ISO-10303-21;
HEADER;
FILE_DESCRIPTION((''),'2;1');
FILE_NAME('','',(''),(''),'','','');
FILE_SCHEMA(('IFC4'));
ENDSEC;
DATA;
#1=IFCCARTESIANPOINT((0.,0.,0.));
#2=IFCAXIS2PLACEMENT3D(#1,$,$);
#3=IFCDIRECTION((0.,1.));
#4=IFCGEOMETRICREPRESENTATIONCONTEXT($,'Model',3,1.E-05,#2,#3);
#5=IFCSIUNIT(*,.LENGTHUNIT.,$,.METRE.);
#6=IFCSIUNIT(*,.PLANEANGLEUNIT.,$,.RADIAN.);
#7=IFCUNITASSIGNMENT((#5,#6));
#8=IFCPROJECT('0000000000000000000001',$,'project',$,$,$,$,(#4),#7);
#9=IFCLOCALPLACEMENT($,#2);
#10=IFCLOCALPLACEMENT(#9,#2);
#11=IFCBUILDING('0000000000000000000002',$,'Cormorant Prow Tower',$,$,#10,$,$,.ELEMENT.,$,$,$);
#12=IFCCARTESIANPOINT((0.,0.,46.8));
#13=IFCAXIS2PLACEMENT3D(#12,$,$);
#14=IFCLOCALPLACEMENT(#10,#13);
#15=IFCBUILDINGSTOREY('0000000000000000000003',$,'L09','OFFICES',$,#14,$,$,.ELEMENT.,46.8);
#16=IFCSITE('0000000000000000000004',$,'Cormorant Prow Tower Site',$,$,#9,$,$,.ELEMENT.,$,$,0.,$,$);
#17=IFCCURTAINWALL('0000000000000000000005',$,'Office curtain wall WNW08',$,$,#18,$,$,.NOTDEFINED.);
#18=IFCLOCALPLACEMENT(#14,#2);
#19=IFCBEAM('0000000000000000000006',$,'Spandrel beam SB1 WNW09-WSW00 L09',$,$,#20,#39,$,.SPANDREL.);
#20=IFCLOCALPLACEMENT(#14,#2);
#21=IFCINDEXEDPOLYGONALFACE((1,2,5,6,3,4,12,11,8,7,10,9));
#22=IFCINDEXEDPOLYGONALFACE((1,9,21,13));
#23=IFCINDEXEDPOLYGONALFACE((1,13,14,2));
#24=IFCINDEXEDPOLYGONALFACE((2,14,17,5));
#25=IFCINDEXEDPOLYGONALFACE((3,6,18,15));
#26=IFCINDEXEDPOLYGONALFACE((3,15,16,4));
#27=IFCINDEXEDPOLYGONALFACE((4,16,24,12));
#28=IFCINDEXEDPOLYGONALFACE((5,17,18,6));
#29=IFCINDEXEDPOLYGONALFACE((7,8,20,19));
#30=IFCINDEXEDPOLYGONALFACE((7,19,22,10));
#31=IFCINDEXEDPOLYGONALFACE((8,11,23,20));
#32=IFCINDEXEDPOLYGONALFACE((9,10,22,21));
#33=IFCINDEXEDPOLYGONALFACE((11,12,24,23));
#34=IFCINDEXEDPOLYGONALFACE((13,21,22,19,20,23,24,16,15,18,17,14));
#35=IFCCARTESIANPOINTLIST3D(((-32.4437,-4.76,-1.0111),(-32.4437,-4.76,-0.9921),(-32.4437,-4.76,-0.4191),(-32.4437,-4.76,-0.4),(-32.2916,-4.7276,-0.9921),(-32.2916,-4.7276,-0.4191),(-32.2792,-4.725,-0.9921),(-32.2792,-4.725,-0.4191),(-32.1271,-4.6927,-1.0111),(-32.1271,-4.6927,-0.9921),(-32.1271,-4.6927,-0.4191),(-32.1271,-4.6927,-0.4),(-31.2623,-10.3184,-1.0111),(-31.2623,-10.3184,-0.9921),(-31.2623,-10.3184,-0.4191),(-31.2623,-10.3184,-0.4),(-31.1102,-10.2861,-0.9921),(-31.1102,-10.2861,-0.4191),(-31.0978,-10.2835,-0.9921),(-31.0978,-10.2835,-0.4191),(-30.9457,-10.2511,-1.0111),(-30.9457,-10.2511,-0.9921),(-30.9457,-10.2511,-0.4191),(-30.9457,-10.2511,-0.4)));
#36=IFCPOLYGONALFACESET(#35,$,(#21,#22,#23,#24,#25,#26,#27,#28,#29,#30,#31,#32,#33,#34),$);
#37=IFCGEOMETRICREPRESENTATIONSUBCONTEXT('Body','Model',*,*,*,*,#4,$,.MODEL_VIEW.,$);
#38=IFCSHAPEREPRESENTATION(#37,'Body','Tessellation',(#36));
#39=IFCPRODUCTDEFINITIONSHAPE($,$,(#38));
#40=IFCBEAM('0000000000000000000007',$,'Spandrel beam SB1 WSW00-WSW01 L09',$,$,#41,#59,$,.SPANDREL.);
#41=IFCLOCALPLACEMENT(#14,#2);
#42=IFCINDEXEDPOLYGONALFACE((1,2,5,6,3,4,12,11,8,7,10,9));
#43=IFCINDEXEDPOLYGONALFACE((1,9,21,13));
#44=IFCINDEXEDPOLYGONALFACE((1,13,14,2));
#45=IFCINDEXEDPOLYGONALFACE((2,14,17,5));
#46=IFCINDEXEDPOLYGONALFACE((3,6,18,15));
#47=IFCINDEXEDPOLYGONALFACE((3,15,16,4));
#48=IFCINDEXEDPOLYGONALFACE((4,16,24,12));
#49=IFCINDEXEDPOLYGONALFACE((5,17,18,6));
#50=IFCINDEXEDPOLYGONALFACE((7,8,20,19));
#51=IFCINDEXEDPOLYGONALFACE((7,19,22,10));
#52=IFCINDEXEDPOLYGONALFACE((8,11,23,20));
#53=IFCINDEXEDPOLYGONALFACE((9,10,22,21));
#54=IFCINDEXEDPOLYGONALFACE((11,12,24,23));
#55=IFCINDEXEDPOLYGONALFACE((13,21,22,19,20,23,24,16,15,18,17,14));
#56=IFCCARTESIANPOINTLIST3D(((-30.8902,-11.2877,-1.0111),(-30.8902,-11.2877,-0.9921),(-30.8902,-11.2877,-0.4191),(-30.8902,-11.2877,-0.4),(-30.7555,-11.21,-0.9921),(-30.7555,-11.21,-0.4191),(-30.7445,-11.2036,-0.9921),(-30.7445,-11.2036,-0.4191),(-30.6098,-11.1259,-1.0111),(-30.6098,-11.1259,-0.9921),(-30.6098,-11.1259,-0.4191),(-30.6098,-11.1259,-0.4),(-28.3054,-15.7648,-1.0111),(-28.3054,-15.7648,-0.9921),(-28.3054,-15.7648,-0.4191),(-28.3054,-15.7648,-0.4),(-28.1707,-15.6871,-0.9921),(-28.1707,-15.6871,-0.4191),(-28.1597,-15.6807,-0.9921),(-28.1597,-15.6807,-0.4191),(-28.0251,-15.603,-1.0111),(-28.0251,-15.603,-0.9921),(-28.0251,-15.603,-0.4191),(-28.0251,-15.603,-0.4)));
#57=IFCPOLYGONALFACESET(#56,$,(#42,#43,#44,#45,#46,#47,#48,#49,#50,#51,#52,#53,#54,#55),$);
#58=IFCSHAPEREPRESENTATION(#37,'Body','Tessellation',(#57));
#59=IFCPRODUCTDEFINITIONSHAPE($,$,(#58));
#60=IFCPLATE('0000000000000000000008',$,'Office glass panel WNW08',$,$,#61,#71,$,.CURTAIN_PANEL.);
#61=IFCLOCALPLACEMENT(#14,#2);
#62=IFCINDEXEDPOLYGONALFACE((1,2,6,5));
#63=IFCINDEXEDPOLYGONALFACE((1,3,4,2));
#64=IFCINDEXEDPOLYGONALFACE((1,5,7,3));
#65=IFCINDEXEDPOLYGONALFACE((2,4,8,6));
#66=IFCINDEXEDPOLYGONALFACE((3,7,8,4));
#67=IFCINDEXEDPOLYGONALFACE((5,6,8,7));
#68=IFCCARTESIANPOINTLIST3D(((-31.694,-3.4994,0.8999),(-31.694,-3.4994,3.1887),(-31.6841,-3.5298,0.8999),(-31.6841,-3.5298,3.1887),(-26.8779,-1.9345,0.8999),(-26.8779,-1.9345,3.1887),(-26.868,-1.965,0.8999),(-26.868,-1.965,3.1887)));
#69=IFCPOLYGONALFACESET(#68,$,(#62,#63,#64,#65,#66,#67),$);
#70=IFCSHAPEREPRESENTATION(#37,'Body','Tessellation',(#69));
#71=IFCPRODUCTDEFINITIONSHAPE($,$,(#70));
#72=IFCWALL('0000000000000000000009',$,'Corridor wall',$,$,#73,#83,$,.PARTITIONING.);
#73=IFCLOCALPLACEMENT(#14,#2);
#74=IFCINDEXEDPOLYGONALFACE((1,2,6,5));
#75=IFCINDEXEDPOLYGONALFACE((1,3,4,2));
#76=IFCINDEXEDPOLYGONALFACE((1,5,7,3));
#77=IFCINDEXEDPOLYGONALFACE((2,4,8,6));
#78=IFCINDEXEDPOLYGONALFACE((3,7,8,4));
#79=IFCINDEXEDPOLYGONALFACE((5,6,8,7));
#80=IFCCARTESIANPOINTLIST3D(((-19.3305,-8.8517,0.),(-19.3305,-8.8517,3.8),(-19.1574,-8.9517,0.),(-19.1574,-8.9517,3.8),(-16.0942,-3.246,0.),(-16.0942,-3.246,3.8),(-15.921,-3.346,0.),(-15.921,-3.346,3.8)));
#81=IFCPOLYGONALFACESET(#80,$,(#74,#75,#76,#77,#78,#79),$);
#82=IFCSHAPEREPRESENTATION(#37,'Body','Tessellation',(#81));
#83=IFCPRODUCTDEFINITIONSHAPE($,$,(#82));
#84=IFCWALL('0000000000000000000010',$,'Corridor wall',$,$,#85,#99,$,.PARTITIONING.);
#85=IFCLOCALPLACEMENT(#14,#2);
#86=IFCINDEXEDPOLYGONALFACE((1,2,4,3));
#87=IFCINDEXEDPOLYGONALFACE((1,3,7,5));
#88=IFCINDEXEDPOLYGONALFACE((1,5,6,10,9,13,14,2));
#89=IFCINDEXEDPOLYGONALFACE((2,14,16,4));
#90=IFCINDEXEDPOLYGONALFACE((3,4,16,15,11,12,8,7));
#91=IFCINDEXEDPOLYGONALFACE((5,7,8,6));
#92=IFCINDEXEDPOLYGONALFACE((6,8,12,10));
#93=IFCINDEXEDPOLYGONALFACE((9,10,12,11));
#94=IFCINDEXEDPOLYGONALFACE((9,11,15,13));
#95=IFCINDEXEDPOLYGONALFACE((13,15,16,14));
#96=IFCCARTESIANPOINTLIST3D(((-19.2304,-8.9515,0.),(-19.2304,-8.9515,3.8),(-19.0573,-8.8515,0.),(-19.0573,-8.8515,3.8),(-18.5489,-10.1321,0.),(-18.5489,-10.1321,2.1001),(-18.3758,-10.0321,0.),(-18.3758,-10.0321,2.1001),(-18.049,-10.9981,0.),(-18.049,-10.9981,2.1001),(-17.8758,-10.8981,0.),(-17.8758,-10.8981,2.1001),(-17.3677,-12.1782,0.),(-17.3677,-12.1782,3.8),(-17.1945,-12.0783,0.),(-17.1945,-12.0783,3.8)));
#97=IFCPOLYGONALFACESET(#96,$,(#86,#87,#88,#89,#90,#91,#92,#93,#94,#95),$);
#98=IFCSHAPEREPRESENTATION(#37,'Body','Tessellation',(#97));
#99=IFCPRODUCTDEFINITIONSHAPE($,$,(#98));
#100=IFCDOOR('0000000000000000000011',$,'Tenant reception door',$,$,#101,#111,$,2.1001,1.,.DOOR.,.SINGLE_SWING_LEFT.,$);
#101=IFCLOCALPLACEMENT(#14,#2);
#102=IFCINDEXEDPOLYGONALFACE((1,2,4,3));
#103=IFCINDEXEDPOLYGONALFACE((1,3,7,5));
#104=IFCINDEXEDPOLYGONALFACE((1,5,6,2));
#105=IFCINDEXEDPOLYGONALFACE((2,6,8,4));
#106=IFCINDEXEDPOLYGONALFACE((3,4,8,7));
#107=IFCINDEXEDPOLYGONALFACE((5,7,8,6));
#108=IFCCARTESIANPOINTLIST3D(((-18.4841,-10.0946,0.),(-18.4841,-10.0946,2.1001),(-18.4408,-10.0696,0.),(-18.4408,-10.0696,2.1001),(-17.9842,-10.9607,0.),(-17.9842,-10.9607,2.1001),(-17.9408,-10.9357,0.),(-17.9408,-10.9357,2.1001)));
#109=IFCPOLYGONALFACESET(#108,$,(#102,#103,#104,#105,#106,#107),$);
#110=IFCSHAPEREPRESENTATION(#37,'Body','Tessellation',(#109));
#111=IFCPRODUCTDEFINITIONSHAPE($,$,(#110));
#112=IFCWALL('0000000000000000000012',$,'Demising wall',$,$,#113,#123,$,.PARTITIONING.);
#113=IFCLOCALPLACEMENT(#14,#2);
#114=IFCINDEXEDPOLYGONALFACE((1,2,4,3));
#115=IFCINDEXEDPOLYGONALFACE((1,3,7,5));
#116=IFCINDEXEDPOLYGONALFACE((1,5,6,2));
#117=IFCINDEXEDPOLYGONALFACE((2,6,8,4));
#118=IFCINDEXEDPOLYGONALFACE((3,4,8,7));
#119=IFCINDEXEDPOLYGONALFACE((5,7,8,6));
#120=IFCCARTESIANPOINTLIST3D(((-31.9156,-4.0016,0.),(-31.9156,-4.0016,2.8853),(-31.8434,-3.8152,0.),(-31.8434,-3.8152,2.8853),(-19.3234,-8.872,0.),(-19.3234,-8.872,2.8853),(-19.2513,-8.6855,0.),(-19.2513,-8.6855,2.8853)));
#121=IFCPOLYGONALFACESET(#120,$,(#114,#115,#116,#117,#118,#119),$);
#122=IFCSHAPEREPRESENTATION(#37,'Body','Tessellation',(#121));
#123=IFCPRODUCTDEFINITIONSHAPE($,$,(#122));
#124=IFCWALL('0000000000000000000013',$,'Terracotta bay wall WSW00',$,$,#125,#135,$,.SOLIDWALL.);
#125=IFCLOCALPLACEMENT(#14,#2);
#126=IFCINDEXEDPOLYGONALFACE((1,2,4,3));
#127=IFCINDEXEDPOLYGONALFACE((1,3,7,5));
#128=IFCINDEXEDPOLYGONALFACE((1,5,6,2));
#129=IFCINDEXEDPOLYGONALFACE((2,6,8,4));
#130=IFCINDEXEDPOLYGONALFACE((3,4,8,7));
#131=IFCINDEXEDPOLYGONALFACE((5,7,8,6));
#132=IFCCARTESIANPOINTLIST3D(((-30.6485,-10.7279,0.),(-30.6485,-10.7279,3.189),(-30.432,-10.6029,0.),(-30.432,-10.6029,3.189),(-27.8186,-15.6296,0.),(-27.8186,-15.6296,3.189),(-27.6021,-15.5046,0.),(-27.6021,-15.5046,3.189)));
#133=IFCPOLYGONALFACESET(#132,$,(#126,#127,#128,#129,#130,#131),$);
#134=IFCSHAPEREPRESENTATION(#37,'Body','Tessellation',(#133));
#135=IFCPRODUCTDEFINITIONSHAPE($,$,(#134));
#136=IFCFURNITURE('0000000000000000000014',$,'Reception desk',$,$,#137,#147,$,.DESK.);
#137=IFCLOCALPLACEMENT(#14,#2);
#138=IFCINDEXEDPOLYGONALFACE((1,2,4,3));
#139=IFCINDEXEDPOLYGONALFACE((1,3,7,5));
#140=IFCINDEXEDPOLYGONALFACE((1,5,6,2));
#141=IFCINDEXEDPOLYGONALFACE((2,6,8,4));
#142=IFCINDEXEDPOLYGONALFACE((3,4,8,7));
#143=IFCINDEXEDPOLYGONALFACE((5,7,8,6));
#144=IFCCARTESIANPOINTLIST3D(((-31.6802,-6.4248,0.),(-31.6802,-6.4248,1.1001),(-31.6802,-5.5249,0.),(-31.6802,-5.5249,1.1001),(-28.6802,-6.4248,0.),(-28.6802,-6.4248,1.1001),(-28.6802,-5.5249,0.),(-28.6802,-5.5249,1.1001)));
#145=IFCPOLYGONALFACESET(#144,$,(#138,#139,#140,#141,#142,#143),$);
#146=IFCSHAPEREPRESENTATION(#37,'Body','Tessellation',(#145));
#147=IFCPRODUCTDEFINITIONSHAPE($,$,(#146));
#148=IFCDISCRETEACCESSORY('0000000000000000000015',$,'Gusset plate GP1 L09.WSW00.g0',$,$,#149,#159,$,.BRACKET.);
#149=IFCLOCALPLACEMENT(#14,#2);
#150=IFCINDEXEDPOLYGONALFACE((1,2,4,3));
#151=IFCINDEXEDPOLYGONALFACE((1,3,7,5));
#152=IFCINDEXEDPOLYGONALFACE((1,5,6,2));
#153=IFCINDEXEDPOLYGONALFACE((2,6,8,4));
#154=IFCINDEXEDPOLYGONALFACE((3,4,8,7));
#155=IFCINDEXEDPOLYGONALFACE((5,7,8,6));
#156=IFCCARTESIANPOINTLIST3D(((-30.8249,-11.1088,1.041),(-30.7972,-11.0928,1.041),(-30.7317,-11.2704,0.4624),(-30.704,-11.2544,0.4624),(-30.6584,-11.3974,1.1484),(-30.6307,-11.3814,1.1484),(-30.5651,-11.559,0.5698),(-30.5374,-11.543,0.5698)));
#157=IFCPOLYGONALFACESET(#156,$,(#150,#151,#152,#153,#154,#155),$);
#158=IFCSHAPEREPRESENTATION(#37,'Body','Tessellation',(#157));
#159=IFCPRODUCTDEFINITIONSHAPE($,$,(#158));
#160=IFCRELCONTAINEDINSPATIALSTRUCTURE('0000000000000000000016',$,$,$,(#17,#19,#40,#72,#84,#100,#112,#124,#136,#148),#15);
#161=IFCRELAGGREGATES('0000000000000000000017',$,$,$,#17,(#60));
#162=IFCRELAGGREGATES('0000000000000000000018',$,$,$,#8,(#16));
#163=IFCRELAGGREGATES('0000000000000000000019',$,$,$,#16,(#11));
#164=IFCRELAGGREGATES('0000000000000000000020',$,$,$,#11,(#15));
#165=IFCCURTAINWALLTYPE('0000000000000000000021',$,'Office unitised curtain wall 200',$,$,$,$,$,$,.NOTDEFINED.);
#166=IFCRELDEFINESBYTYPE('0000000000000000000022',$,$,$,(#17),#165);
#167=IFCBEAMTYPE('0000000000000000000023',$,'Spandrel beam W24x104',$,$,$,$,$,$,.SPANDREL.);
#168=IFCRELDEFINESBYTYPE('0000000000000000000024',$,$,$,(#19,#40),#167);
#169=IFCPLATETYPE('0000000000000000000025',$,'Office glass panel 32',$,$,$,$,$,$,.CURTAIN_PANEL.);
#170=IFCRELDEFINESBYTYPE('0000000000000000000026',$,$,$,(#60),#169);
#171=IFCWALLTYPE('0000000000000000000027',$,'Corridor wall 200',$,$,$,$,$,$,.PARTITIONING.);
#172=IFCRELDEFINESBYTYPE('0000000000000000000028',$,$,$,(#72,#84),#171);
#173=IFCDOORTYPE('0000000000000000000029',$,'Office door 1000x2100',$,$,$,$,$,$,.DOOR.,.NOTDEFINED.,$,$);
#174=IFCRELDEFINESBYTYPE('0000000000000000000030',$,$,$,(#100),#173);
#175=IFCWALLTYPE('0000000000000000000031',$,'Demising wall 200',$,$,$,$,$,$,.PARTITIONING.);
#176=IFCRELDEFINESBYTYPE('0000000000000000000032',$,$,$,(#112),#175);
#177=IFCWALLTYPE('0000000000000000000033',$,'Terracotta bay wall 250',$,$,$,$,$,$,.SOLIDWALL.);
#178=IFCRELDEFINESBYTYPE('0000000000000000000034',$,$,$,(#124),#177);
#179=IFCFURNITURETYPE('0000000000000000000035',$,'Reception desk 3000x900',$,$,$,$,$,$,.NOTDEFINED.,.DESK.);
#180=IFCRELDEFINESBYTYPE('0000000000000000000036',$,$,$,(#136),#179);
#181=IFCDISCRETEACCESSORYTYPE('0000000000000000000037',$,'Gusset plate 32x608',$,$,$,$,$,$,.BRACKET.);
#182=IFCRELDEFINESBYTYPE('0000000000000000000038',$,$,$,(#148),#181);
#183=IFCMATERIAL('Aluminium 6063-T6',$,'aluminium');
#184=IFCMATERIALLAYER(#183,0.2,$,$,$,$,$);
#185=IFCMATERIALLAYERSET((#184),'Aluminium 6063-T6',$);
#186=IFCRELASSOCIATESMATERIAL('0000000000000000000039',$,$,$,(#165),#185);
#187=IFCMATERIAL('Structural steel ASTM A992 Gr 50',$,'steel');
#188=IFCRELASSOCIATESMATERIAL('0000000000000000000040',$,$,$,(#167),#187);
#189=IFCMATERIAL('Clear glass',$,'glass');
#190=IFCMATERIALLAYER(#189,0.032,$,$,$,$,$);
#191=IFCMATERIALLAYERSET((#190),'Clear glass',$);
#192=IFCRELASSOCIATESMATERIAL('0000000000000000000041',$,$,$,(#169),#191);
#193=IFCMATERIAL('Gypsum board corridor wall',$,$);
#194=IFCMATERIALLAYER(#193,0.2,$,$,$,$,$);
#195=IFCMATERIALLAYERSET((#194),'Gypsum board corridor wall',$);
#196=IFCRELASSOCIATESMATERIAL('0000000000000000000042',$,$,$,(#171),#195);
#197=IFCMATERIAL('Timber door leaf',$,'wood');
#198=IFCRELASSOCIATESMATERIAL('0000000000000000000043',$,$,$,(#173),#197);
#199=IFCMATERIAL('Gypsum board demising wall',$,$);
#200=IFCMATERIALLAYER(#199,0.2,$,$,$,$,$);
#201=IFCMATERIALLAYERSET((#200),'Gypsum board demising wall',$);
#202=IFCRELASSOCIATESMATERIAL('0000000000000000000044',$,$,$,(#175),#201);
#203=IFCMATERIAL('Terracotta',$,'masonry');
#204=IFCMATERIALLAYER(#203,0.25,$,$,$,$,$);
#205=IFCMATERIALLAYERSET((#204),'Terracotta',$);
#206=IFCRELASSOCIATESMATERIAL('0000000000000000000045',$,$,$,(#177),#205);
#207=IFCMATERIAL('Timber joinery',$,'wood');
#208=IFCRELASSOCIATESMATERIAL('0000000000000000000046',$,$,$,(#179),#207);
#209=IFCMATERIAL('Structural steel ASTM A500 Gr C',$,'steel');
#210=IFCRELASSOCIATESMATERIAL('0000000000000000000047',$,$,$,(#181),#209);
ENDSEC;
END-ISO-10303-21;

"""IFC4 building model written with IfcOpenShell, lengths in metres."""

from ifc_helpers import new_model, si_unit, direction, frame, frame_2d, origin, origin_2d, place, context, subcontext, project, spatial, rectangle, i_section, extrude, material, layer, layer_set, material_profile, profile_set, type_object, element, fill, aggregate, save


model = new_model("IFC4")

# Units and contexts
model_context = context("Model", 3, precision=1e-05, world=origin(), true_north=direction((0.0, 1.0)))
body_context = subcontext(model_context, "Body", "Model", "MODEL_VIEW")
ifc_project = project(units=[si_unit("LENGTHUNIT", "METRE"), si_unit("PLANEANGLEUNIT", "RADIAN")], contexts=[model_context])

# Site, building, storey
site_placement = place(None, origin())
site = spatial("IfcSite", under=ifc_project, at=site_placement, Name="Cormorant Prow Tower Site", CompositionType="ELEMENT", RefElevation=0.0)
building_placement = place(site_placement, origin())
building = spatial("IfcBuilding", under=site, at=building_placement, Name="Cormorant Prow Tower", CompositionType="ELEMENT")
storey_placement = place(building_placement, frame((0.0, 0.0, 46.8)))
storey = spatial("IfcBuildingStorey", under=building, at=storey_placement, Name="L09", Description="OFFICES", CompositionType="ELEMENT", Elevation=46.8)

# Curtain wall
ifc_material_1 = material(Name="Aluminium 6063-T6", Category="aluminium")
ifc_layer_1 = layer(ifc_material_1, 0.2)
ifc_layer_set_1 = layer_set([ifc_layer_1], Name="Aluminium 6063-T6")
curtain_wall_type = type_object("IfcCurtainWallType", Name="Office unitised curtain wall 200", PredefinedType="NOTDEFINED", material=ifc_layer_set_1)
curtain_wall_placement = place(storey_placement, origin())
curtain_wall = element("IfcCurtainWall", 1, at=curtain_wall_placement, inside=storey, type_object=curtain_wall_type, Name="Office curtain wall WNW08", PredefinedType="NOTDEFINED")

# Beams
ifc_material_2 = material(Name="Structural steel ASTM A992 Gr 50", Category="steel")
ifc_material_profile_1 = material_profile(ifc_material_2, i_section(OverallWidth=0.3237, OverallDepth=0.6111, WebThickness=0.0127, FlangeThickness=0.019, at=origin_2d()), Name="W24x104")
ifc_profile_set_1 = profile_set([ifc_material_profile_1], Name="Structural steel ASTM A992 Gr 50")
beam_type_1 = type_object("IfcBeamType", Name="Spandrel beam W24x104", PredefinedType="SPANDREL", material=ifc_profile_set_1)
beam_1_placement = place(storey_placement, frame((-32.2854, -4.7263, -0.7056), z_axis=(0.2079, -0.97815, 0.0), x_axis=(0.97815, 0.2079, 0.0)))
element("IfcBeam", 2, at=beam_1_placement, inside=storey, type_object=beam_type_1, Name="Spandrel beam SB1 WNW09-WSW00 L09", PredefinedType="SPANDREL", context=body_context, shape_type="SweptSolid", body=[
    extrude(i_section(OverallWidth=0.3237, OverallDepth=0.6111, WebThickness=0.0127, FlangeThickness=0.019, at=origin_2d()), origin(), (0.0, 0.0, 1.0), 5.6826),
])
beam_2_placement = place(storey_placement, frame((-30.75, -11.2068, -0.7056), z_axis=(0.499984, -0.866035, 0.0), x_axis=(0.866035, 0.499984, 0.0)))
element("IfcBeam", 3, at=beam_2_placement, inside=storey, type_object=beam_type_1, Name="Spandrel beam SB1 WSW00-WSW01 L09", PredefinedType="SPANDREL", context=body_context, shape_type="SweptSolid", body=[
    extrude(i_section(OverallWidth=0.3237, OverallDepth=0.6111, WebThickness=0.0127, FlangeThickness=0.019, at=origin_2d()), origin(), (0.0, 0.0, 1.0), 5.1697),
])

# Plate
ifc_material_3 = material(Name="Clear glass", Category="glass")
ifc_layer_2 = layer(ifc_material_3, 0.032)
ifc_layer_set_2 = layer_set([ifc_layer_2], Name="Clear glass")
plate_type = type_object("IfcPlateType", Name="Office glass panel 32", PredefinedType="CURTAIN_PANEL", material=ifc_layer_set_2)
plate_placement = place(storey_placement, frame((-29.281, -2.7322, 0.8999), z_axis=(0.0, 0.0, 1.0), x_axis=(-0.951057, -0.309017, 0.0)))
plate = element("IfcPlate", 4, at=plate_placement, type_object=plate_type, Name="Office glass panel WNW08", PredefinedType="CURTAIN_PANEL", context=body_context, shape_type="SweptSolid", body=[
    extrude(rectangle(XDim=5.064, YDim=0.032, at=origin_2d()), origin(), (0.0, 0.0, 1.0), 2.2888),
])
aggregate(curtain_wall, [plate])

# Wall
ifc_material_4 = material(Name="Gypsum board corridor wall")
ifc_layer_3 = layer(ifc_material_4, 0.2)
ifc_layer_set_3 = layer_set([ifc_layer_3], Name="Gypsum board corridor wall")
wall_type_1 = type_object("IfcWallType", Name="Corridor wall 200", PredefinedType="PARTITIONING", material=ifc_layer_set_3)
wall_1_placement = place(storey_placement, frame((-19.2439, -8.9016, 0.0), z_axis=(0.0, 0.0, 1.0), x_axis=(0.499985, 0.866034, 0.0)))
element("IfcWall", 5, at=wall_1_placement, inside=storey, type_object=wall_type_1, Name="Corridor wall", PredefinedType="PARTITIONING", context=body_context, shape_type="SweptSolid", body=[
    extrude(rectangle(XDim=6.4729, YDim=0.2, at=frame_2d((3.2363, 0.0))), origin(), (0.0, 0.0, 1.0), 3.8),
])

# Wall, opening, door
wall_2_placement = place(storey_placement, frame((-19.1438, -8.9016, 0.0), z_axis=(0.0, 0.0, 1.0), x_axis=(0.499959, -0.866049, 0.0)))
wall_2 = element("IfcWall", 6, at=wall_2_placement, inside=storey, type_object=wall_type_1, Name="Corridor wall", PredefinedType="PARTITIONING", context=body_context, shape_type="SweptSolid", body=[
    extrude(rectangle(XDim=3.7258, YDim=0.2, at=frame_2d((1.8628, 0.0))), origin(), (0.0, 0.0, 1.0), 3.8),
])
opening_1_placement = place(wall_2_placement, frame((1.363, 0.0, 0.0)))
opening_1 = element("IfcOpeningElement", 7, at=opening_1_placement, cuts=wall_2, PredefinedType="OPENING", context=body_context, shape_type="SweptSolid", body=[
    extrude(rectangle(XDim=1.0, YDim=2.1001, at=frame_2d((0.5, 1.05))), frame((0.0, 0.1099, 0.0), z_axis=(0.0, -1.0, 0.0), x_axis=(1.0, 0.0, 0.0)), (0.0, 0.0, 1.0), 0.22),
])
ifc_material_5 = material(Name="Timber door leaf", Category="wood")
door_type_1 = type_object("IfcDoorType", Name="Office door 1000x2100", OperationType="NOTDEFINED", PredefinedType="DOOR", material=ifc_material_5)
door_1_placement = place(opening_1_placement, origin())
door_1 = element("IfcDoor", 8, at=door_1_placement, inside=storey, type_object=door_type_1, Name="Tenant reception door", OperationType="SINGLE_SWING_LEFT", OverallHeight=2.1001, OverallWidth=1.0, PredefinedType="DOOR", context=body_context, shape_type="SweptSolid", body=[
    extrude(rectangle(XDim=1.0, YDim=2.1001, at=frame_2d((0.5, 1.05))), frame((0.0, 0.0249, 0.0), z_axis=(0.0, -1.0, 0.0), x_axis=(1.0, 0.0, 0.0)), (0.0, 0.0, 1.0), 0.05),
])
fill(opening_1, door_1)

# Walls
ifc_material_6 = material(Name="Gypsum board demising wall")
ifc_layer_4 = layer(ifc_material_6, 0.2)
ifc_layer_set_4 = layer_set([ifc_layer_4], Name="Gypsum board demising wall")
wall_type_2 = type_object("IfcWallType", Name="Demising wall 200", PredefinedType="PARTITIONING", material=ifc_layer_set_4)
wall_3_placement = place(storey_placement, frame((-31.8794, -3.9084, 0.0), z_axis=(0.0, 0.0, 1.0), x_axis=(0.93267, -0.360732, 0.0)))
element("IfcWall", 9, at=wall_3_placement, inside=storey, type_object=wall_type_2, Name="Demising wall", PredefinedType="PARTITIONING", context=body_context, shape_type="SweptSolid", body=[
    extrude(rectangle(XDim=13.5012, YDim=0.2, at=frame_2d((6.7505, 0.0))), origin(), (0.0, 0.0, 1.0), 2.8853),
])
ifc_material_7 = material(Name="Terracotta", Category="masonry")
ifc_layer_5 = layer(ifc_material_7, 0.25)
ifc_layer_set_5 = layer_set([ifc_layer_5], Name="Terracotta")
wall_type_3 = type_object("IfcWallType", Name="Terracotta bay wall 250", PredefinedType="SOLIDWALL", material=ifc_layer_set_5)
wall_4_placement = place(storey_placement, frame((-30.5403, -10.6653, 0.0), z_axis=(0.0, 0.0, 1.0), x_axis=(0.499985, -0.866034, 0.0)))
element("IfcWall", 10, at=wall_4_placement, inside=storey, type_object=wall_type_3, Name="Terracotta bay wall WSW00", PredefinedType="SOLIDWALL", context=body_context, shape_type="SweptSolid", body=[
    extrude(rectangle(XDim=5.6599, YDim=0.25, at=frame_2d((2.8301, 0.0))), origin(), (0.0, 0.0, 1.0), 3.189),
])

# Furniture
ifc_material_8 = material(Name="Timber joinery", Category="wood")
furniture_type = type_object("IfcFurnitureType", Name="Reception desk 3000x900", AssemblyPlace="NOTDEFINED", PredefinedType="DESK", material=ifc_material_8)
furniture_placement = place(storey_placement, frame((-30.1802, -5.9749, 0.0), z_axis=(0.0, 0.0, 1.0), x_axis=(1.0, 0.0, 0.0)))
element("IfcFurniture", 11, at=furniture_placement, inside=storey, type_object=furniture_type, Name="Reception desk", PredefinedType="DESK", context=body_context, shape_type="SweptSolid", body=[
    extrude(rectangle(XDim=3.0, YDim=0.8999, at=origin_2d()), origin(), (0.0, 0.0, 1.0), 1.1001),
])

# Discrete accessory
ifc_material_9 = material(Name="Structural steel ASTM A500 Gr C", Category="steel")
ifc_material_profile_2 = material_profile(ifc_material_9, rectangle(XDim=0.032, YDim=0.6079, at=origin_2d()), Name="Gusset plate 32x608")
ifc_profile_set_2 = profile_set([ifc_material_profile_2], Name="Structural steel ASTM A500 Gr C")
discrete_accessory_type = type_object("IfcDiscreteAccessoryType", Name="Gusset plate 32x608", PredefinedType="BRACKET", material=ifc_profile_set_2)
discrete_accessory_placement = place(storey_placement, frame((-30.5979, -11.4702, 0.8591), z_axis=(-0.475652, 0.82437, -0.306872), x_axis=(-0.866161, -0.499765, 0.0)))
element("IfcDiscreteAccessory", 12, at=discrete_accessory_placement, inside=storey, type_object=discrete_accessory_type, Name="Gusset plate GP1 L09.WSW00.g0", PredefinedType="BRACKET", context=body_context, shape_type="SweptSolid", body=[
    extrude(rectangle(XDim=0.032, YDim=0.6079, at=origin_2d()), origin(), (0.0, 0.0, 1.0), 0.3501),
])

save(model, "model.ifc")
